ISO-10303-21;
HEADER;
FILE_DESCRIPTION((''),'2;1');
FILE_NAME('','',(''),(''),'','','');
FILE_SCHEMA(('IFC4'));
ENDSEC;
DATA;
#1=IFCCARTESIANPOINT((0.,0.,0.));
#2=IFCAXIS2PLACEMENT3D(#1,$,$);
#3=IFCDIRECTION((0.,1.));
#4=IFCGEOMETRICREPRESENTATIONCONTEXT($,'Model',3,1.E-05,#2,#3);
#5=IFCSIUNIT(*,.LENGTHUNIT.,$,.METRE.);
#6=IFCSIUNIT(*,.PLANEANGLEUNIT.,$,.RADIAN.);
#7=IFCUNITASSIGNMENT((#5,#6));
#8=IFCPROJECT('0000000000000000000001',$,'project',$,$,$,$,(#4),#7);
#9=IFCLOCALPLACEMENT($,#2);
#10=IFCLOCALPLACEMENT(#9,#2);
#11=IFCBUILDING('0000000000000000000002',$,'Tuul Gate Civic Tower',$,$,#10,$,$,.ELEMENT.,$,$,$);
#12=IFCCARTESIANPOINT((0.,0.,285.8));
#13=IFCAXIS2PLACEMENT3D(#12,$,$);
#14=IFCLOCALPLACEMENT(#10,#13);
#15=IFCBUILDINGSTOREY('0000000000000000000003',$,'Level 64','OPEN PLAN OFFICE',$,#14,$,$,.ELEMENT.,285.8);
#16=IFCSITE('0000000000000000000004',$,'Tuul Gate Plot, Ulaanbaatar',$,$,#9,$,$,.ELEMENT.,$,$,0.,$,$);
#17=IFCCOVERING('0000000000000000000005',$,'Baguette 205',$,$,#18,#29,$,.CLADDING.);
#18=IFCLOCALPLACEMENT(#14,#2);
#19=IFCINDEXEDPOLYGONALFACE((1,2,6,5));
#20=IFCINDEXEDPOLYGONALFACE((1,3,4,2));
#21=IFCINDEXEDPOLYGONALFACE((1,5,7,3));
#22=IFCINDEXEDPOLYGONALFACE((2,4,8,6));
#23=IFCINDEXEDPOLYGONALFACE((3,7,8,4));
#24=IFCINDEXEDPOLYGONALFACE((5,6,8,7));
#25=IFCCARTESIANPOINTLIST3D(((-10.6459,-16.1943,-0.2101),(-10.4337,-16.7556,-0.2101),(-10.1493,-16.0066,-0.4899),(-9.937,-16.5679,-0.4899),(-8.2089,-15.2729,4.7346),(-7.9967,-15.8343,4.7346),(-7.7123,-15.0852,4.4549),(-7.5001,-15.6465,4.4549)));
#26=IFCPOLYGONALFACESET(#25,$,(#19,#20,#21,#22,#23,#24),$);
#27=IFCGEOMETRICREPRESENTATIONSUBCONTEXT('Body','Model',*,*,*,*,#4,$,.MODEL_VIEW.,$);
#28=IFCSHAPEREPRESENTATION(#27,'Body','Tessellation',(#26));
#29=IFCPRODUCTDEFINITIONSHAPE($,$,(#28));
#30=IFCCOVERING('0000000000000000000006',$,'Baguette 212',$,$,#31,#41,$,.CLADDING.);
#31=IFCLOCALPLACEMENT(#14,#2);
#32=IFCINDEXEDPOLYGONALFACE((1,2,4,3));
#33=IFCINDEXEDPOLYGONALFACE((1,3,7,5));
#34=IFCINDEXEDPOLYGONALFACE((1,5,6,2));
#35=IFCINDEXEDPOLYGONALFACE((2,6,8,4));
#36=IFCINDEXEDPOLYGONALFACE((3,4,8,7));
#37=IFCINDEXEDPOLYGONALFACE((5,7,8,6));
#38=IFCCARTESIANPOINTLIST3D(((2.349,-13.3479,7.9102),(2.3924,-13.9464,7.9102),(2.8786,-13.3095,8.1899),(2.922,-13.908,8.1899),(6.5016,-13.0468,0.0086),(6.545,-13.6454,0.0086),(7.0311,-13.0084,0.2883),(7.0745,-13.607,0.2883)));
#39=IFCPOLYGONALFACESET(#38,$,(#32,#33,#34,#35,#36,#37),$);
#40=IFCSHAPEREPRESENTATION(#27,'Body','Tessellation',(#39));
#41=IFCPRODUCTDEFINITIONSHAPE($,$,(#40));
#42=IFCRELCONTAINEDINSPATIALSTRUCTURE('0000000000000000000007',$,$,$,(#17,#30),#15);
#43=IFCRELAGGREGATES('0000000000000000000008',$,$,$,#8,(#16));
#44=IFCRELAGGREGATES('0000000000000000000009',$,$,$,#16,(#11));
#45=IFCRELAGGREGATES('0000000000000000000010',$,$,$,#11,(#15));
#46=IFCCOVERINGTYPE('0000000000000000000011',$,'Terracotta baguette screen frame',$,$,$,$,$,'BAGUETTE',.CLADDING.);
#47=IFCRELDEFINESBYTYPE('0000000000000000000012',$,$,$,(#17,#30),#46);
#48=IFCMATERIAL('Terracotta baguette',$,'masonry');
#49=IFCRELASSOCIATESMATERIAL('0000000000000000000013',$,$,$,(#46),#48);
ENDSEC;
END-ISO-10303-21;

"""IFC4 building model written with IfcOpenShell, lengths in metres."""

from ifc_helpers import new_model, si_unit, direction, frame, origin, origin_2d, place, context, subcontext, project, spatial, rectangle, extrude, material, material_profile, profile_set, type_object, element, save


model = new_model("IFC4")

# Units and contexts
model_context = context("Model", 3, precision=1e-05, world=origin(), true_north=direction((0.0, 1.0)))
body_context = subcontext(model_context, "Body", "Model", "MODEL_VIEW")
ifc_project = project(units=[si_unit("LENGTHUNIT", "METRE"), si_unit("PLANEANGLEUNIT", "RADIAN")], contexts=[model_context])

# Site, building, storey
site_placement = place(None, origin())
site = spatial("IfcSite", under=ifc_project, at=site_placement, Name="Tuul Gate Plot, Ulaanbaatar", CompositionType="ELEMENT", RefElevation=0.0)
building_placement = place(site_placement, origin())
building = spatial("IfcBuilding", under=site, at=building_placement, Name="Tuul Gate Civic Tower", CompositionType="ELEMENT")
storey_placement = place(building_placement, frame((0.0, 0.0, 285.8)))
storey = spatial("IfcBuildingStorey", under=building, at=storey_placement, Name="Level 64", Description="OPEN PLAN OFFICE", CompositionType="ELEMENT", Elevation=285.8)

# Coverings
ifc_material_1 = material(Name="Terracotta baguette", Category="masonry")
ifc_material_profile_1 = material_profile(ifc_material_1, rectangle(XDim=0.6001, YDim=0.6001, at=origin_2d()), Name="Terracotta baguette screen frame")
ifc_profile_set_1 = profile_set([ifc_material_profile_1], Name="Terracotta baguette")
covering_type = type_object("IfcCoveringType", Name="Terracotta baguette screen frame", ElementType="BAGUETTE", PredefinedType="CLADDING", material=ifc_profile_set_1)
covering_1_placement = place(storey_placement, frame((-7.8545, -15.4597, 4.5947), z_axis=(-0.436021, -0.164851, -0.884709), x_axis=(0.353648, -0.935378, 0.0)))
element("IfcCovering", 1, at=covering_1_placement, inside=storey, type_object=covering_type, Name="Baguette 205", PredefinedType="CLADDING", context=body_context, shape_type="SweptSolid", body=[
    extrude(rectangle(XDim=0.6001, YDim=0.6001, at=origin_2d()), origin(), (0.0, 0.0, 1.0), 5.5891),
])
covering_2_placement = place(storey_placement, frame((2.6355, -13.6279, 8.05), z_axis=(0.464942, 0.033704, -0.884699), x_axis=(-0.072301, 0.997383, 0.0)))
element("IfcCovering", 2, at=covering_2_placement, inside=storey, type_object=covering_type, Name="Baguette 212", PredefinedType="CLADDING", context=body_context, shape_type="SweptSolid", body=[
    extrude(rectangle(XDim=0.6001, YDim=0.6001, at=origin_2d()), origin(), (0.0, 0.0, 1.0), 8.9314),
])

save(model, "model.ifc")
